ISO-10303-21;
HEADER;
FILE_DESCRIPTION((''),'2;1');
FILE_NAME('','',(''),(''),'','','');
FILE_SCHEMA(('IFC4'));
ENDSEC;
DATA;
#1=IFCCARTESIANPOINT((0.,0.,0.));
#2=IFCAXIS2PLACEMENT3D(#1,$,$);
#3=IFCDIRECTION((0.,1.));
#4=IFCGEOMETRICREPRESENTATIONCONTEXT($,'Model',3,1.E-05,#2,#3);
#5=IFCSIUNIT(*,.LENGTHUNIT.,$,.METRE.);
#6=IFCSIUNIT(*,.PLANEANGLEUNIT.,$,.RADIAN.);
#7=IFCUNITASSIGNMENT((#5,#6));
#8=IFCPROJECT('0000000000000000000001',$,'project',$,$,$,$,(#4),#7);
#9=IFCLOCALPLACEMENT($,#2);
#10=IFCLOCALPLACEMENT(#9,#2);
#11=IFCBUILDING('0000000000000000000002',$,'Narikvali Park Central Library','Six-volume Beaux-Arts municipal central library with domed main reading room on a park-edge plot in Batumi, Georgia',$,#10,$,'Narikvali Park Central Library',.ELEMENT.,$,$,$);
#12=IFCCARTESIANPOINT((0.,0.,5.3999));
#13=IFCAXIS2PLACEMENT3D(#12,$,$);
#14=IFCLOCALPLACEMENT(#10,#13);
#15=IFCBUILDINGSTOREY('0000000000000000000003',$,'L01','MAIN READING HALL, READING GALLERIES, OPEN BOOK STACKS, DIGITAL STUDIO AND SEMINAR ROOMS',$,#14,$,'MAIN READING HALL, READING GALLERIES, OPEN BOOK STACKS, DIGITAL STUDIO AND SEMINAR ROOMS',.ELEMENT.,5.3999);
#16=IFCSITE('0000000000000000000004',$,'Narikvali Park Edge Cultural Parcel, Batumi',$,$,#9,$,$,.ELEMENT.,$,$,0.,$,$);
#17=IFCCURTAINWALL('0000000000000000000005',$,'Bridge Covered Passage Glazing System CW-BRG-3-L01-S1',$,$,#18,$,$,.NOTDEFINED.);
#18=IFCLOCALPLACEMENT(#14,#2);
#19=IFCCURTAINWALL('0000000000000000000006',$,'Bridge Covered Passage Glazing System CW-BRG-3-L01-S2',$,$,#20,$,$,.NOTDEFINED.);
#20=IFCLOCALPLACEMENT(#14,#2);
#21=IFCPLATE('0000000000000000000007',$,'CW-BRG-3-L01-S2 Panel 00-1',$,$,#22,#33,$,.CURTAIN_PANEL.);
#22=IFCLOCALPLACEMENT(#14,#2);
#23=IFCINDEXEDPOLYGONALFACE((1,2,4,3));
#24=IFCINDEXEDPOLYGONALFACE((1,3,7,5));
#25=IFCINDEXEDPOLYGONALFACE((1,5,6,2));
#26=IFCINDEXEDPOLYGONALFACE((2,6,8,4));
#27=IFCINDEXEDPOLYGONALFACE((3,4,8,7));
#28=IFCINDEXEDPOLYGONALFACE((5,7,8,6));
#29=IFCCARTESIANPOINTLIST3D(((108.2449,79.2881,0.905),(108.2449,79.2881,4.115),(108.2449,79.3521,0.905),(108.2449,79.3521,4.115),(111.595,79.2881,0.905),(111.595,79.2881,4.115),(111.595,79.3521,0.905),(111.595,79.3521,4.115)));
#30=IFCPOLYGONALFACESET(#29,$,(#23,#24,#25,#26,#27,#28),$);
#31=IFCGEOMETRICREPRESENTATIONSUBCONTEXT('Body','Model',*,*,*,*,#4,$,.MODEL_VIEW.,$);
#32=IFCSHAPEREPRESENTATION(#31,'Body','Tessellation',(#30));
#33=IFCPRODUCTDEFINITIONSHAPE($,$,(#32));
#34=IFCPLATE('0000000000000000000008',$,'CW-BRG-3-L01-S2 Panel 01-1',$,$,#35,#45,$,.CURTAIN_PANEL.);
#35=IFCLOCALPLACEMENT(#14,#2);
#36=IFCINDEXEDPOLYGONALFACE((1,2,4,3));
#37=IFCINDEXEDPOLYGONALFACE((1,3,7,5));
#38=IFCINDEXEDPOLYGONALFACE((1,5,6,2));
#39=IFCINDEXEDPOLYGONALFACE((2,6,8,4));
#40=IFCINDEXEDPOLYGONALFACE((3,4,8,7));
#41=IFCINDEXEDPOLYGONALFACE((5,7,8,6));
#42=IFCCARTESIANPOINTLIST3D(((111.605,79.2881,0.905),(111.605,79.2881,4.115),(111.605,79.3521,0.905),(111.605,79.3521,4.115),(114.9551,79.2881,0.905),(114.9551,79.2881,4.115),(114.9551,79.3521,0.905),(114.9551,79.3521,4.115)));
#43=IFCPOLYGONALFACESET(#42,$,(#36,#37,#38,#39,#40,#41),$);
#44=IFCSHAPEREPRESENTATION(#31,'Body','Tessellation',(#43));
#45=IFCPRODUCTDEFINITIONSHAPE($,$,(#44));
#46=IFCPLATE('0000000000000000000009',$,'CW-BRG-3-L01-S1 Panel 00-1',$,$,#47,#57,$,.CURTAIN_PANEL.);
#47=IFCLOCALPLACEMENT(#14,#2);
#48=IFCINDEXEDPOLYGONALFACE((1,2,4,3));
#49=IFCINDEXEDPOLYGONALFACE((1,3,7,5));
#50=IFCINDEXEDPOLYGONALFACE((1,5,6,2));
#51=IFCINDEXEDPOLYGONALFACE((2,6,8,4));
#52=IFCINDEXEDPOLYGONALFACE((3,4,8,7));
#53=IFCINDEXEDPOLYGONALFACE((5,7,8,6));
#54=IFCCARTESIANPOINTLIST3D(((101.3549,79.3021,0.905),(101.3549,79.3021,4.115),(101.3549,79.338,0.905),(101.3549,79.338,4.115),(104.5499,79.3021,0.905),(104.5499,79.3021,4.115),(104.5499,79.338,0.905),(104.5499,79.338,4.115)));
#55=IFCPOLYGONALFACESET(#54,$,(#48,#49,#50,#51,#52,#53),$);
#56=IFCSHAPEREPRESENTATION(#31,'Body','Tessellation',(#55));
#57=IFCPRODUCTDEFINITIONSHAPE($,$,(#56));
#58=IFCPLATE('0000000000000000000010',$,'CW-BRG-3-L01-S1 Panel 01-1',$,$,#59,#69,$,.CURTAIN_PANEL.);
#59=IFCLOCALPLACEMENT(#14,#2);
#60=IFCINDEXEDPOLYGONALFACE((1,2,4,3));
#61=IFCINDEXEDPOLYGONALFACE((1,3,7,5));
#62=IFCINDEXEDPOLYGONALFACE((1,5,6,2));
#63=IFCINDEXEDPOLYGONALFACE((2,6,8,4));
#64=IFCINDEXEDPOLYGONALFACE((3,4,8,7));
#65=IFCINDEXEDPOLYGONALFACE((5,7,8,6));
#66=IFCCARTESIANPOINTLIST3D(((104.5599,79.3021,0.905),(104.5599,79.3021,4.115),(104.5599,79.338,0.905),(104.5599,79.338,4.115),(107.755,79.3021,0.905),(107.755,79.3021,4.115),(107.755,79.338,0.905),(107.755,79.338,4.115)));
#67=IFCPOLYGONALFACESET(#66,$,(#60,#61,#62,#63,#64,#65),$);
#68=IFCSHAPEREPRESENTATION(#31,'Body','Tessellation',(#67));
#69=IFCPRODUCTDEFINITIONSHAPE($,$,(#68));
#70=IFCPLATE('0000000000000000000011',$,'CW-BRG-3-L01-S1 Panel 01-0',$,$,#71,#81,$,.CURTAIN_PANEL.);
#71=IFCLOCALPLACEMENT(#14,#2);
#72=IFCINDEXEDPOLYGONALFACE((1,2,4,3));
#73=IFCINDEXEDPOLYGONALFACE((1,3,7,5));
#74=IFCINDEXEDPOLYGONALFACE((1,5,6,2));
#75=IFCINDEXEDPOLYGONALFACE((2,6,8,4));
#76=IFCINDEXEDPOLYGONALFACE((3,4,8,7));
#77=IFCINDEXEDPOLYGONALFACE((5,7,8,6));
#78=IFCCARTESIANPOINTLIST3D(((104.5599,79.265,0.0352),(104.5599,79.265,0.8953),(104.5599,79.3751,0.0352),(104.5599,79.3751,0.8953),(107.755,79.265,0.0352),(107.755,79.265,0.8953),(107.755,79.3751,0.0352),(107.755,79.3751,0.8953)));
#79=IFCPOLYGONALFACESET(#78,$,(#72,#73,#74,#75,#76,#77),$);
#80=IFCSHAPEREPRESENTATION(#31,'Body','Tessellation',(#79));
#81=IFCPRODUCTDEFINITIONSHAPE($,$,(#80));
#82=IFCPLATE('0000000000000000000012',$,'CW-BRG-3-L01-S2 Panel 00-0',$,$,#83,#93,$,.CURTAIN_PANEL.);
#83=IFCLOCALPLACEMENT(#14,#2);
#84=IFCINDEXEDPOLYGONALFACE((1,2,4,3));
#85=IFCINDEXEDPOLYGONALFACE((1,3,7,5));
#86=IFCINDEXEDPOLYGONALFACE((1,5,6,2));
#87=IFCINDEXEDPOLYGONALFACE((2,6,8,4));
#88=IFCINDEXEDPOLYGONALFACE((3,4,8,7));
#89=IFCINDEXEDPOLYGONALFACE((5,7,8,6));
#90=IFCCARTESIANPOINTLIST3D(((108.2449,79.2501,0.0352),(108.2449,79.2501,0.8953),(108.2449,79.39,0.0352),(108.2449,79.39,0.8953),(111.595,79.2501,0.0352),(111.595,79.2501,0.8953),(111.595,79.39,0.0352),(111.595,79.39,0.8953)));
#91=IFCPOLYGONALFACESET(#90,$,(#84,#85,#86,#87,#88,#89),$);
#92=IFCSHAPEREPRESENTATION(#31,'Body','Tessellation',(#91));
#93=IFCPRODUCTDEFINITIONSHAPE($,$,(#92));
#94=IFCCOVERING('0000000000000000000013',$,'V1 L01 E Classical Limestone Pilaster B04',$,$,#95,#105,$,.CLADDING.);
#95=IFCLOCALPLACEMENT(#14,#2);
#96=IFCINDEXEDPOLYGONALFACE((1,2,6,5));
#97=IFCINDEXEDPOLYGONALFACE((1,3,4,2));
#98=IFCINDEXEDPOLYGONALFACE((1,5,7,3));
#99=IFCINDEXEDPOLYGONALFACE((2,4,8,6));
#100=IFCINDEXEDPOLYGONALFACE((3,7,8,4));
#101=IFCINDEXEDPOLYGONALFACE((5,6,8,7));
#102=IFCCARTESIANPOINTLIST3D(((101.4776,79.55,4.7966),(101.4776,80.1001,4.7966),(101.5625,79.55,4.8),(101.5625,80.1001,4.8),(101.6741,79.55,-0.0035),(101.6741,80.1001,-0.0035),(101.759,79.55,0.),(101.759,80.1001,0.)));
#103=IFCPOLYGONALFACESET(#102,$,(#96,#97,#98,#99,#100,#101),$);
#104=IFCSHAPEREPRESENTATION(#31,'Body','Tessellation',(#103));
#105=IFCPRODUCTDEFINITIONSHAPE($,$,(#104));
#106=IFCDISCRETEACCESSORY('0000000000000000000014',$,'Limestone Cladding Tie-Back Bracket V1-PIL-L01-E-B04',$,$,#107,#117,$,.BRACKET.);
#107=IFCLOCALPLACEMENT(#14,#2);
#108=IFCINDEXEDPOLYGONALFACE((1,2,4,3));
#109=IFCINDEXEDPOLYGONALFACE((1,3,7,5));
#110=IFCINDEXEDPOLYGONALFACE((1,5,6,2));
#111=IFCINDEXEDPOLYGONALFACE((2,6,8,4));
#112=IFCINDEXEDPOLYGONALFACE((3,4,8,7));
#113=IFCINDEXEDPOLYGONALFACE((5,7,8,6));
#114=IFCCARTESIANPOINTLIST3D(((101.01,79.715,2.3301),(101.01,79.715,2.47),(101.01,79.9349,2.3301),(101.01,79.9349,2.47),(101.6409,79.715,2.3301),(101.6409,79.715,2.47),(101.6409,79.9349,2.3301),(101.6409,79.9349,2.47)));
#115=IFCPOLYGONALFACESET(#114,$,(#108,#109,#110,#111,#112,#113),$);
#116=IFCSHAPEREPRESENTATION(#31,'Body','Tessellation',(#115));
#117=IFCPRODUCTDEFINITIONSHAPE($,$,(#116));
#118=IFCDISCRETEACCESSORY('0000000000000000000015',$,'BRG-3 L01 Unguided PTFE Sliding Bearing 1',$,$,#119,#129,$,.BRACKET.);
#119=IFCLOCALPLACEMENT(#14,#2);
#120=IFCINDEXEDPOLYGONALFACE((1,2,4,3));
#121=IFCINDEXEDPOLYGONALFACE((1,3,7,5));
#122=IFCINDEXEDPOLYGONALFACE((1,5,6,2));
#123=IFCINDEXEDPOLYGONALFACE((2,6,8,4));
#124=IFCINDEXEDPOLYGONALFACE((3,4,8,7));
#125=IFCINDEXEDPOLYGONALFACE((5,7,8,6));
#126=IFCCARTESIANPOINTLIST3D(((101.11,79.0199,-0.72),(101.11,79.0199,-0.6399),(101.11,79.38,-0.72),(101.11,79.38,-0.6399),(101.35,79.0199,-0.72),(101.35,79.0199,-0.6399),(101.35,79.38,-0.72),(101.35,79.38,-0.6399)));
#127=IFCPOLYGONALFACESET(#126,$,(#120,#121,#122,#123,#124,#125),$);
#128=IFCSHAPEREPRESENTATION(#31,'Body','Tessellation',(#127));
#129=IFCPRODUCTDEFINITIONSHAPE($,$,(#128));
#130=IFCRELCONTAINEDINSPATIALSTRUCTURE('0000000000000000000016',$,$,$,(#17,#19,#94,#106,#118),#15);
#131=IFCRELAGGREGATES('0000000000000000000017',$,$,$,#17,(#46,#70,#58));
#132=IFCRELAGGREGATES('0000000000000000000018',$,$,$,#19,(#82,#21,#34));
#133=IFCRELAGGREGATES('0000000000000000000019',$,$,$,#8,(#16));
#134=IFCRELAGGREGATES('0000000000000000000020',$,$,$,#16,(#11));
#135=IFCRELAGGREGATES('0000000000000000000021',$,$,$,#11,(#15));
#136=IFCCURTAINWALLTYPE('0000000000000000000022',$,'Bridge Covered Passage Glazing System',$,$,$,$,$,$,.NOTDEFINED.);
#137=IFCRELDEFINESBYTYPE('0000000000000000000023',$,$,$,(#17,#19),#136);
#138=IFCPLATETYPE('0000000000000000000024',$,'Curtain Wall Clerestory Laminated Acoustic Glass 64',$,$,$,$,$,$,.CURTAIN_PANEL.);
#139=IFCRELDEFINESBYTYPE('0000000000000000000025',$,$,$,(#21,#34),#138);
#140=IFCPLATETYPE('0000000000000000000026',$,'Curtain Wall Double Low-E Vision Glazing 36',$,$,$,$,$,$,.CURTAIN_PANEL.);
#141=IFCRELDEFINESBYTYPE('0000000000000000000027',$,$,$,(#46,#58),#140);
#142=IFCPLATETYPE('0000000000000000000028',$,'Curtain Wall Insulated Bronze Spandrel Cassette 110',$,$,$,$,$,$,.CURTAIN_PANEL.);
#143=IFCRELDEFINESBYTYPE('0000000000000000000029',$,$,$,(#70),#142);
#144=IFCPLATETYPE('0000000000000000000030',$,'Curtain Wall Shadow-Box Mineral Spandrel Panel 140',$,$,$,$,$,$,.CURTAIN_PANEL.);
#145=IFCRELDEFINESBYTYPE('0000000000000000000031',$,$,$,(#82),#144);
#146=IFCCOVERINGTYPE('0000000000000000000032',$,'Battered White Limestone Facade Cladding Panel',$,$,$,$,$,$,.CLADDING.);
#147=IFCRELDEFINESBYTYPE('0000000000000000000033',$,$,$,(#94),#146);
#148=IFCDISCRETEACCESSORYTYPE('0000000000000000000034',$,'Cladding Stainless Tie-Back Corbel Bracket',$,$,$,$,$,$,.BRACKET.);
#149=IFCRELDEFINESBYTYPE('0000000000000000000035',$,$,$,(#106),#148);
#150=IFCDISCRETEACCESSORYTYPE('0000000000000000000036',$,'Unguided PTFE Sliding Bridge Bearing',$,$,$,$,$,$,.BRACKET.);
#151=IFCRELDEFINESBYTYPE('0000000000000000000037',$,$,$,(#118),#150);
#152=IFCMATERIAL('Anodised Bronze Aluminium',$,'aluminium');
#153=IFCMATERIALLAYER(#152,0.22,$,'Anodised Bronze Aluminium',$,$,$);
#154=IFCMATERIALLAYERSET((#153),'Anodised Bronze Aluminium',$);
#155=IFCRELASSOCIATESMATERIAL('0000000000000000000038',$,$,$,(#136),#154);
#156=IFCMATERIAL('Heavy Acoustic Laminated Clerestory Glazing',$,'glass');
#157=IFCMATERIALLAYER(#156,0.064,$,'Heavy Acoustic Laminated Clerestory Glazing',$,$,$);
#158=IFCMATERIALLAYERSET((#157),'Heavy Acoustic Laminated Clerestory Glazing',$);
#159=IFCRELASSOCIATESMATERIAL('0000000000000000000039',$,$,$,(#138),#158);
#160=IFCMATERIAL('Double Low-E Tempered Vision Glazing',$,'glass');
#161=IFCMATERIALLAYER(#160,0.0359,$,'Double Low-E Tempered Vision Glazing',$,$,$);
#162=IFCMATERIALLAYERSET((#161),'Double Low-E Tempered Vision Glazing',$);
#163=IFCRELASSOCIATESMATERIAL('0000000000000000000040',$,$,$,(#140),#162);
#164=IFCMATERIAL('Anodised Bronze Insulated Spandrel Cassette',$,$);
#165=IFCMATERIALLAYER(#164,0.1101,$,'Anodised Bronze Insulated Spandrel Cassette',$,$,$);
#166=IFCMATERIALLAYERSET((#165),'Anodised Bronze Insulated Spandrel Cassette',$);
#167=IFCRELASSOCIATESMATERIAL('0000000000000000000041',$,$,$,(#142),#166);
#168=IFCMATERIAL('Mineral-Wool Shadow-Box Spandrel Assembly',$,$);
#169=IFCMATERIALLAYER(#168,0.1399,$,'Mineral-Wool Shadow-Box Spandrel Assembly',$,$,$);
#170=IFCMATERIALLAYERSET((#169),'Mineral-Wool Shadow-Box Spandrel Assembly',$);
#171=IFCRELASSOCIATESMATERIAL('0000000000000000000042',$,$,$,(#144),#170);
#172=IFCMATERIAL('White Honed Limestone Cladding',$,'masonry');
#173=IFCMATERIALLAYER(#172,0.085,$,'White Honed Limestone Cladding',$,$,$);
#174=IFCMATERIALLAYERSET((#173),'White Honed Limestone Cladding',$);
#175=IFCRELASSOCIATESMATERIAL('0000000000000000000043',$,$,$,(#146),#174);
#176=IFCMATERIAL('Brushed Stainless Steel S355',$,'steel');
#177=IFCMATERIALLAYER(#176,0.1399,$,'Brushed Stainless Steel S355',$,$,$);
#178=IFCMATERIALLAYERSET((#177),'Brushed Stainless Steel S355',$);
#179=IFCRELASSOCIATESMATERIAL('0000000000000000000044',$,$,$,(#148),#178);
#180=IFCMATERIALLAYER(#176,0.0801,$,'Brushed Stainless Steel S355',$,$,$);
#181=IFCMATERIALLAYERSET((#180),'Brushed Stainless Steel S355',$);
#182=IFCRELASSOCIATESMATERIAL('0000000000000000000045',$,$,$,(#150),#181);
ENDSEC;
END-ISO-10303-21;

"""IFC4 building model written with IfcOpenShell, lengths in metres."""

from ifc_helpers import new_model, si_unit, direction, frame, origin, origin_2d, place, context, subcontext, project, spatial, polyline, rectangle, outline, extrude, material, layer, layer_set, type_object, element, aggregate, save


model = new_model("IFC4")

# Units and contexts
model_context = context("Model", 3, precision=1e-05, world=origin(), true_north=direction((0.0, 1.0)))
body_context = subcontext(model_context, "Body", "Model", "MODEL_VIEW")
ifc_project = project(units=[si_unit("LENGTHUNIT", "METRE"), si_unit("PLANEANGLEUNIT", "RADIAN")], contexts=[model_context])

# Site, building, storey
site_placement = place(None, origin())
site = spatial("IfcSite", under=ifc_project, at=site_placement, Name="Narikvali Park Edge Cultural Parcel, Batumi", CompositionType="ELEMENT", RefElevation=0.0)
building_placement = place(site_placement, origin())
building = spatial("IfcBuilding", under=site, at=building_placement, Name="Narikvali Park Central Library", Description="Six-volume Beaux-Arts municipal central library with domed main reading room on a park-edge plot in Batumi, Georgia", LongName="Narikvali Park Central Library", CompositionType="ELEMENT")
storey_placement = place(building_placement, frame((0.0, 0.0, 5.3999)))
storey = spatial("IfcBuildingStorey", under=building, at=storey_placement, Name="L01", Description="MAIN READING HALL, READING GALLERIES, OPEN BOOK STACKS, DIGITAL STUDIO AND SEMINAR ROOMS", LongName="MAIN READING HALL, READING GALLERIES, OPEN BOOK STACKS, DIGITAL STUDIO AND SEMINAR ROOMS", CompositionType="ELEMENT", Elevation=5.3999)

# Curtain walls
ifc_material_1 = material(Name="Anodised Bronze Aluminium", Category="aluminium")
ifc_layer_1 = layer(ifc_material_1, 0.22, Name="Anodised Bronze Aluminium")
ifc_layer_set_1 = layer_set([ifc_layer_1], Name="Anodised Bronze Aluminium")
curtain_wall_type = type_object("IfcCurtainWallType", Name="Bridge Covered Passage Glazing System", PredefinedType="NOTDEFINED", material=ifc_layer_set_1)
curtain_wall_1_placement = place(storey_placement, origin())
curtain_wall_1 = element("IfcCurtainWall", 1, at=curtain_wall_1_placement, inside=storey, type_object=curtain_wall_type, Name="Bridge Covered Passage Glazing System CW-BRG-3-L01-S1", PredefinedType="NOTDEFINED")
curtain_wall_2_placement = place(storey_placement, origin())
curtain_wall_2 = element("IfcCurtainWall", 2, at=curtain_wall_2_placement, inside=storey, type_object=curtain_wall_type, Name="Bridge Covered Passage Glazing System CW-BRG-3-L01-S2", PredefinedType="NOTDEFINED")

# Plates
ifc_material_2 = material(Name="Heavy Acoustic Laminated Clerestory Glazing", Category="glass")
ifc_layer_2 = layer(ifc_material_2, 0.064, Name="Heavy Acoustic Laminated Clerestory Glazing")
ifc_layer_set_2 = layer_set([ifc_layer_2], Name="Heavy Acoustic Laminated Clerestory Glazing")
plate_type_1 = type_object("IfcPlateType", Name="Curtain Wall Clerestory Laminated Acoustic Glass 64", PredefinedType="CURTAIN_PANEL", material=ifc_layer_set_2)
plate_1_placement = place(storey_placement, frame((109.9199, 79.3201, 0.905), z_axis=(0.0, 0.0, 1.0), x_axis=(1.0, 0.0, 0.0)))
plate_1 = element("IfcPlate", 3, at=plate_1_placement, type_object=plate_type_1, Name="CW-BRG-3-L01-S2 Panel 00-1", PredefinedType="CURTAIN_PANEL", context=body_context, shape_type="SweptSolid", body=[
    extrude(rectangle(XDim=3.3501, YDim=0.064, at=origin_2d()), origin(), (0.0, 0.0, 1.0), 3.21),
])
plate_2_placement = place(storey_placement, frame((113.28, 79.3201, 0.905), z_axis=(0.0, 0.0, 1.0), x_axis=(1.0, 0.0, 0.0)))
plate_2 = element("IfcPlate", 4, at=plate_2_placement, type_object=plate_type_1, Name="CW-BRG-3-L01-S2 Panel 01-1", PredefinedType="CURTAIN_PANEL", context=body_context, shape_type="SweptSolid", body=[
    extrude(rectangle(XDim=3.3501, YDim=0.064, at=origin_2d()), origin(), (0.0, 0.0, 1.0), 3.21),
])
ifc_material_3 = material(Name="Double Low-E Tempered Vision Glazing", Category="glass")
ifc_layer_3 = layer(ifc_material_3, 0.0359, Name="Double Low-E Tempered Vision Glazing")
ifc_layer_set_3 = layer_set([ifc_layer_3], Name="Double Low-E Tempered Vision Glazing")
plate_type_2 = type_object("IfcPlateType", Name="Curtain Wall Double Low-E Vision Glazing 36", PredefinedType="CURTAIN_PANEL", material=ifc_layer_set_3)
plate_3_placement = place(storey_placement, frame((102.9524, 79.3201, 0.905), z_axis=(0.0, 0.0, 1.0), x_axis=(1.0, 0.0, 0.0)))
plate_3 = element("IfcPlate", 5, at=plate_3_placement, type_object=plate_type_2, Name="CW-BRG-3-L01-S1 Panel 00-1", PredefinedType="CURTAIN_PANEL", context=body_context, shape_type="SweptSolid", body=[
    extrude(rectangle(XDim=3.1951, YDim=0.0359, at=origin_2d()), origin(), (0.0, 0.0, 1.0), 3.21),
])
plate_4_placement = place(storey_placement, frame((106.1575, 79.3201, 0.905), z_axis=(0.0, 0.0, 1.0), x_axis=(1.0, 0.0, 0.0)))
plate_4 = element("IfcPlate", 6, at=plate_4_placement, type_object=plate_type_2, Name="CW-BRG-3-L01-S1 Panel 01-1", PredefinedType="CURTAIN_PANEL", context=body_context, shape_type="SweptSolid", body=[
    extrude(rectangle(XDim=3.1951, YDim=0.0359, at=origin_2d()), origin(), (0.0, 0.0, 1.0), 3.21),
])
ifc_material_4 = material(Name="Anodised Bronze Insulated Spandrel Cassette")
ifc_layer_4 = layer(ifc_material_4, 0.1101, Name="Anodised Bronze Insulated Spandrel Cassette")
ifc_layer_set_4 = layer_set([ifc_layer_4], Name="Anodised Bronze Insulated Spandrel Cassette")
plate_type_3 = type_object("IfcPlateType", Name="Curtain Wall Insulated Bronze Spandrel Cassette 110", PredefinedType="CURTAIN_PANEL", material=ifc_layer_set_4)
plate_5_placement = place(storey_placement, frame((106.1575, 79.3201, 0.0352), z_axis=(0.0, 0.0, 1.0), x_axis=(1.0, 0.0, 0.0)))
plate_5 = element("IfcPlate", 7, at=plate_5_placement, type_object=plate_type_3, Name="CW-BRG-3-L01-S1 Panel 01-0", PredefinedType="CURTAIN_PANEL", context=body_context, shape_type="SweptSolid", body=[
    extrude(rectangle(XDim=3.1951, YDim=0.1101, at=origin_2d()), origin(), (0.0, 0.0, 1.0), 0.8601),
])
aggregate(curtain_wall_1, [plate_3, plate_5, plate_4])
ifc_material_5 = material(Name="Mineral-Wool Shadow-Box Spandrel Assembly")
ifc_layer_5 = layer(ifc_material_5, 0.1399, Name="Mineral-Wool Shadow-Box Spandrel Assembly")
ifc_layer_set_5 = layer_set([ifc_layer_5], Name="Mineral-Wool Shadow-Box Spandrel Assembly")
plate_type_4 = type_object("IfcPlateType", Name="Curtain Wall Shadow-Box Mineral Spandrel Panel 140", PredefinedType="CURTAIN_PANEL", material=ifc_layer_set_5)
plate_6_placement = place(storey_placement, frame((109.9199, 79.3201, 0.0352), z_axis=(0.0, 0.0, 1.0), x_axis=(1.0, 0.0, 0.0)))
plate_6 = element("IfcPlate", 8, at=plate_6_placement, type_object=plate_type_4, Name="CW-BRG-3-L01-S2 Panel 00-0", PredefinedType="CURTAIN_PANEL", context=body_context, shape_type="SweptSolid", body=[
    extrude(rectangle(XDim=3.3501, YDim=0.1399, at=origin_2d()), origin(), (0.0, 0.0, 1.0), 0.8601),
])
aggregate(curtain_wall_2, [plate_6, plate_1, plate_2])

# Covering
ifc_material_6 = material(Name="White Honed Limestone Cladding", Category="masonry")
ifc_layer_6 = layer(ifc_material_6, 0.085, Name="White Honed Limestone Cladding")
ifc_layer_set_6 = layer_set([ifc_layer_6], Name="White Honed Limestone Cladding")
covering_type = type_object("IfcCoveringType", Name="Battered White Limestone Facade Cladding Panel", PredefinedType="CLADDING", material=ifc_layer_set_6)
covering_placement = place(storey_placement, frame((101.759, 79.55, 0.0), z_axis=(0.999163, 0.0, 0.04091), x_axis=(0.0, 1.0, 0.0)))
element("IfcCovering", 9, at=covering_placement, inside=storey, type_object=covering_type, Name="V1 L01 E Classical Limestone Pilaster B04", PredefinedType="CLADDING", context=body_context, shape_type="SweptSolid", body=[
    extrude(outline(polyline([(0.0, 0.0), (0.55, 0.0), (0.55, 4.8041), (0.0, 4.8041), (0.0, 0.0)])), origin(), (0.0, 0.0, -1.0), 0.085),
])

# Discrete accessories
ifc_material_7 = material(Name="Brushed Stainless Steel S355", Category="steel")
ifc_layer_7 = layer(ifc_material_7, 0.1399, Name="Brushed Stainless Steel S355")
ifc_layer_set_7 = layer_set([ifc_layer_7], Name="Brushed Stainless Steel S355")
discrete_accessory_type_1 = type_object("IfcDiscreteAccessoryType", Name="Cladding Stainless Tie-Back Corbel Bracket", PredefinedType="BRACKET", material=ifc_layer_set_7)
discrete_accessory_1_placement = place(storey_placement, frame((101.3254, 79.825, 2.3301), z_axis=(0.0, 0.0, 1.0), x_axis=(1.0, 0.0, 0.0)))
element("IfcDiscreteAccessory", 10, at=discrete_accessory_1_placement, inside=storey, type_object=discrete_accessory_type_1, Name="Limestone Cladding Tie-Back Bracket V1-PIL-L01-E-B04", PredefinedType="BRACKET", context=body_context, shape_type="SweptSolid", body=[
    extrude(rectangle(XDim=0.6309, YDim=0.22, at=origin_2d()), origin(), (0.0, 0.0, 1.0), 0.1399),
])
ifc_layer_8 = layer(ifc_material_7, 0.0801, Name="Brushed Stainless Steel S355")
ifc_layer_set_8 = layer_set([ifc_layer_8], Name="Brushed Stainless Steel S355")
discrete_accessory_type_2 = type_object("IfcDiscreteAccessoryType", Name="Unguided PTFE Sliding Bridge Bearing", PredefinedType="BRACKET", material=ifc_layer_set_8)
discrete_accessory_2_placement = place(storey_placement, frame((101.23, 79.2, -0.72), z_axis=(0.0, 0.0, 1.0), x_axis=(1.0, 0.0, 0.0)))
element("IfcDiscreteAccessory", 11, at=discrete_accessory_2_placement, inside=storey, type_object=discrete_accessory_type_2, Name="BRG-3 L01 Unguided PTFE Sliding Bearing 1", PredefinedType="BRACKET", context=body_context, shape_type="SweptSolid", body=[
    extrude(rectangle(XDim=0.24, YDim=0.3601, at=origin_2d()), origin(), (0.0, 0.0, 1.0), 0.0801),
])

save(model, "model.ifc")
